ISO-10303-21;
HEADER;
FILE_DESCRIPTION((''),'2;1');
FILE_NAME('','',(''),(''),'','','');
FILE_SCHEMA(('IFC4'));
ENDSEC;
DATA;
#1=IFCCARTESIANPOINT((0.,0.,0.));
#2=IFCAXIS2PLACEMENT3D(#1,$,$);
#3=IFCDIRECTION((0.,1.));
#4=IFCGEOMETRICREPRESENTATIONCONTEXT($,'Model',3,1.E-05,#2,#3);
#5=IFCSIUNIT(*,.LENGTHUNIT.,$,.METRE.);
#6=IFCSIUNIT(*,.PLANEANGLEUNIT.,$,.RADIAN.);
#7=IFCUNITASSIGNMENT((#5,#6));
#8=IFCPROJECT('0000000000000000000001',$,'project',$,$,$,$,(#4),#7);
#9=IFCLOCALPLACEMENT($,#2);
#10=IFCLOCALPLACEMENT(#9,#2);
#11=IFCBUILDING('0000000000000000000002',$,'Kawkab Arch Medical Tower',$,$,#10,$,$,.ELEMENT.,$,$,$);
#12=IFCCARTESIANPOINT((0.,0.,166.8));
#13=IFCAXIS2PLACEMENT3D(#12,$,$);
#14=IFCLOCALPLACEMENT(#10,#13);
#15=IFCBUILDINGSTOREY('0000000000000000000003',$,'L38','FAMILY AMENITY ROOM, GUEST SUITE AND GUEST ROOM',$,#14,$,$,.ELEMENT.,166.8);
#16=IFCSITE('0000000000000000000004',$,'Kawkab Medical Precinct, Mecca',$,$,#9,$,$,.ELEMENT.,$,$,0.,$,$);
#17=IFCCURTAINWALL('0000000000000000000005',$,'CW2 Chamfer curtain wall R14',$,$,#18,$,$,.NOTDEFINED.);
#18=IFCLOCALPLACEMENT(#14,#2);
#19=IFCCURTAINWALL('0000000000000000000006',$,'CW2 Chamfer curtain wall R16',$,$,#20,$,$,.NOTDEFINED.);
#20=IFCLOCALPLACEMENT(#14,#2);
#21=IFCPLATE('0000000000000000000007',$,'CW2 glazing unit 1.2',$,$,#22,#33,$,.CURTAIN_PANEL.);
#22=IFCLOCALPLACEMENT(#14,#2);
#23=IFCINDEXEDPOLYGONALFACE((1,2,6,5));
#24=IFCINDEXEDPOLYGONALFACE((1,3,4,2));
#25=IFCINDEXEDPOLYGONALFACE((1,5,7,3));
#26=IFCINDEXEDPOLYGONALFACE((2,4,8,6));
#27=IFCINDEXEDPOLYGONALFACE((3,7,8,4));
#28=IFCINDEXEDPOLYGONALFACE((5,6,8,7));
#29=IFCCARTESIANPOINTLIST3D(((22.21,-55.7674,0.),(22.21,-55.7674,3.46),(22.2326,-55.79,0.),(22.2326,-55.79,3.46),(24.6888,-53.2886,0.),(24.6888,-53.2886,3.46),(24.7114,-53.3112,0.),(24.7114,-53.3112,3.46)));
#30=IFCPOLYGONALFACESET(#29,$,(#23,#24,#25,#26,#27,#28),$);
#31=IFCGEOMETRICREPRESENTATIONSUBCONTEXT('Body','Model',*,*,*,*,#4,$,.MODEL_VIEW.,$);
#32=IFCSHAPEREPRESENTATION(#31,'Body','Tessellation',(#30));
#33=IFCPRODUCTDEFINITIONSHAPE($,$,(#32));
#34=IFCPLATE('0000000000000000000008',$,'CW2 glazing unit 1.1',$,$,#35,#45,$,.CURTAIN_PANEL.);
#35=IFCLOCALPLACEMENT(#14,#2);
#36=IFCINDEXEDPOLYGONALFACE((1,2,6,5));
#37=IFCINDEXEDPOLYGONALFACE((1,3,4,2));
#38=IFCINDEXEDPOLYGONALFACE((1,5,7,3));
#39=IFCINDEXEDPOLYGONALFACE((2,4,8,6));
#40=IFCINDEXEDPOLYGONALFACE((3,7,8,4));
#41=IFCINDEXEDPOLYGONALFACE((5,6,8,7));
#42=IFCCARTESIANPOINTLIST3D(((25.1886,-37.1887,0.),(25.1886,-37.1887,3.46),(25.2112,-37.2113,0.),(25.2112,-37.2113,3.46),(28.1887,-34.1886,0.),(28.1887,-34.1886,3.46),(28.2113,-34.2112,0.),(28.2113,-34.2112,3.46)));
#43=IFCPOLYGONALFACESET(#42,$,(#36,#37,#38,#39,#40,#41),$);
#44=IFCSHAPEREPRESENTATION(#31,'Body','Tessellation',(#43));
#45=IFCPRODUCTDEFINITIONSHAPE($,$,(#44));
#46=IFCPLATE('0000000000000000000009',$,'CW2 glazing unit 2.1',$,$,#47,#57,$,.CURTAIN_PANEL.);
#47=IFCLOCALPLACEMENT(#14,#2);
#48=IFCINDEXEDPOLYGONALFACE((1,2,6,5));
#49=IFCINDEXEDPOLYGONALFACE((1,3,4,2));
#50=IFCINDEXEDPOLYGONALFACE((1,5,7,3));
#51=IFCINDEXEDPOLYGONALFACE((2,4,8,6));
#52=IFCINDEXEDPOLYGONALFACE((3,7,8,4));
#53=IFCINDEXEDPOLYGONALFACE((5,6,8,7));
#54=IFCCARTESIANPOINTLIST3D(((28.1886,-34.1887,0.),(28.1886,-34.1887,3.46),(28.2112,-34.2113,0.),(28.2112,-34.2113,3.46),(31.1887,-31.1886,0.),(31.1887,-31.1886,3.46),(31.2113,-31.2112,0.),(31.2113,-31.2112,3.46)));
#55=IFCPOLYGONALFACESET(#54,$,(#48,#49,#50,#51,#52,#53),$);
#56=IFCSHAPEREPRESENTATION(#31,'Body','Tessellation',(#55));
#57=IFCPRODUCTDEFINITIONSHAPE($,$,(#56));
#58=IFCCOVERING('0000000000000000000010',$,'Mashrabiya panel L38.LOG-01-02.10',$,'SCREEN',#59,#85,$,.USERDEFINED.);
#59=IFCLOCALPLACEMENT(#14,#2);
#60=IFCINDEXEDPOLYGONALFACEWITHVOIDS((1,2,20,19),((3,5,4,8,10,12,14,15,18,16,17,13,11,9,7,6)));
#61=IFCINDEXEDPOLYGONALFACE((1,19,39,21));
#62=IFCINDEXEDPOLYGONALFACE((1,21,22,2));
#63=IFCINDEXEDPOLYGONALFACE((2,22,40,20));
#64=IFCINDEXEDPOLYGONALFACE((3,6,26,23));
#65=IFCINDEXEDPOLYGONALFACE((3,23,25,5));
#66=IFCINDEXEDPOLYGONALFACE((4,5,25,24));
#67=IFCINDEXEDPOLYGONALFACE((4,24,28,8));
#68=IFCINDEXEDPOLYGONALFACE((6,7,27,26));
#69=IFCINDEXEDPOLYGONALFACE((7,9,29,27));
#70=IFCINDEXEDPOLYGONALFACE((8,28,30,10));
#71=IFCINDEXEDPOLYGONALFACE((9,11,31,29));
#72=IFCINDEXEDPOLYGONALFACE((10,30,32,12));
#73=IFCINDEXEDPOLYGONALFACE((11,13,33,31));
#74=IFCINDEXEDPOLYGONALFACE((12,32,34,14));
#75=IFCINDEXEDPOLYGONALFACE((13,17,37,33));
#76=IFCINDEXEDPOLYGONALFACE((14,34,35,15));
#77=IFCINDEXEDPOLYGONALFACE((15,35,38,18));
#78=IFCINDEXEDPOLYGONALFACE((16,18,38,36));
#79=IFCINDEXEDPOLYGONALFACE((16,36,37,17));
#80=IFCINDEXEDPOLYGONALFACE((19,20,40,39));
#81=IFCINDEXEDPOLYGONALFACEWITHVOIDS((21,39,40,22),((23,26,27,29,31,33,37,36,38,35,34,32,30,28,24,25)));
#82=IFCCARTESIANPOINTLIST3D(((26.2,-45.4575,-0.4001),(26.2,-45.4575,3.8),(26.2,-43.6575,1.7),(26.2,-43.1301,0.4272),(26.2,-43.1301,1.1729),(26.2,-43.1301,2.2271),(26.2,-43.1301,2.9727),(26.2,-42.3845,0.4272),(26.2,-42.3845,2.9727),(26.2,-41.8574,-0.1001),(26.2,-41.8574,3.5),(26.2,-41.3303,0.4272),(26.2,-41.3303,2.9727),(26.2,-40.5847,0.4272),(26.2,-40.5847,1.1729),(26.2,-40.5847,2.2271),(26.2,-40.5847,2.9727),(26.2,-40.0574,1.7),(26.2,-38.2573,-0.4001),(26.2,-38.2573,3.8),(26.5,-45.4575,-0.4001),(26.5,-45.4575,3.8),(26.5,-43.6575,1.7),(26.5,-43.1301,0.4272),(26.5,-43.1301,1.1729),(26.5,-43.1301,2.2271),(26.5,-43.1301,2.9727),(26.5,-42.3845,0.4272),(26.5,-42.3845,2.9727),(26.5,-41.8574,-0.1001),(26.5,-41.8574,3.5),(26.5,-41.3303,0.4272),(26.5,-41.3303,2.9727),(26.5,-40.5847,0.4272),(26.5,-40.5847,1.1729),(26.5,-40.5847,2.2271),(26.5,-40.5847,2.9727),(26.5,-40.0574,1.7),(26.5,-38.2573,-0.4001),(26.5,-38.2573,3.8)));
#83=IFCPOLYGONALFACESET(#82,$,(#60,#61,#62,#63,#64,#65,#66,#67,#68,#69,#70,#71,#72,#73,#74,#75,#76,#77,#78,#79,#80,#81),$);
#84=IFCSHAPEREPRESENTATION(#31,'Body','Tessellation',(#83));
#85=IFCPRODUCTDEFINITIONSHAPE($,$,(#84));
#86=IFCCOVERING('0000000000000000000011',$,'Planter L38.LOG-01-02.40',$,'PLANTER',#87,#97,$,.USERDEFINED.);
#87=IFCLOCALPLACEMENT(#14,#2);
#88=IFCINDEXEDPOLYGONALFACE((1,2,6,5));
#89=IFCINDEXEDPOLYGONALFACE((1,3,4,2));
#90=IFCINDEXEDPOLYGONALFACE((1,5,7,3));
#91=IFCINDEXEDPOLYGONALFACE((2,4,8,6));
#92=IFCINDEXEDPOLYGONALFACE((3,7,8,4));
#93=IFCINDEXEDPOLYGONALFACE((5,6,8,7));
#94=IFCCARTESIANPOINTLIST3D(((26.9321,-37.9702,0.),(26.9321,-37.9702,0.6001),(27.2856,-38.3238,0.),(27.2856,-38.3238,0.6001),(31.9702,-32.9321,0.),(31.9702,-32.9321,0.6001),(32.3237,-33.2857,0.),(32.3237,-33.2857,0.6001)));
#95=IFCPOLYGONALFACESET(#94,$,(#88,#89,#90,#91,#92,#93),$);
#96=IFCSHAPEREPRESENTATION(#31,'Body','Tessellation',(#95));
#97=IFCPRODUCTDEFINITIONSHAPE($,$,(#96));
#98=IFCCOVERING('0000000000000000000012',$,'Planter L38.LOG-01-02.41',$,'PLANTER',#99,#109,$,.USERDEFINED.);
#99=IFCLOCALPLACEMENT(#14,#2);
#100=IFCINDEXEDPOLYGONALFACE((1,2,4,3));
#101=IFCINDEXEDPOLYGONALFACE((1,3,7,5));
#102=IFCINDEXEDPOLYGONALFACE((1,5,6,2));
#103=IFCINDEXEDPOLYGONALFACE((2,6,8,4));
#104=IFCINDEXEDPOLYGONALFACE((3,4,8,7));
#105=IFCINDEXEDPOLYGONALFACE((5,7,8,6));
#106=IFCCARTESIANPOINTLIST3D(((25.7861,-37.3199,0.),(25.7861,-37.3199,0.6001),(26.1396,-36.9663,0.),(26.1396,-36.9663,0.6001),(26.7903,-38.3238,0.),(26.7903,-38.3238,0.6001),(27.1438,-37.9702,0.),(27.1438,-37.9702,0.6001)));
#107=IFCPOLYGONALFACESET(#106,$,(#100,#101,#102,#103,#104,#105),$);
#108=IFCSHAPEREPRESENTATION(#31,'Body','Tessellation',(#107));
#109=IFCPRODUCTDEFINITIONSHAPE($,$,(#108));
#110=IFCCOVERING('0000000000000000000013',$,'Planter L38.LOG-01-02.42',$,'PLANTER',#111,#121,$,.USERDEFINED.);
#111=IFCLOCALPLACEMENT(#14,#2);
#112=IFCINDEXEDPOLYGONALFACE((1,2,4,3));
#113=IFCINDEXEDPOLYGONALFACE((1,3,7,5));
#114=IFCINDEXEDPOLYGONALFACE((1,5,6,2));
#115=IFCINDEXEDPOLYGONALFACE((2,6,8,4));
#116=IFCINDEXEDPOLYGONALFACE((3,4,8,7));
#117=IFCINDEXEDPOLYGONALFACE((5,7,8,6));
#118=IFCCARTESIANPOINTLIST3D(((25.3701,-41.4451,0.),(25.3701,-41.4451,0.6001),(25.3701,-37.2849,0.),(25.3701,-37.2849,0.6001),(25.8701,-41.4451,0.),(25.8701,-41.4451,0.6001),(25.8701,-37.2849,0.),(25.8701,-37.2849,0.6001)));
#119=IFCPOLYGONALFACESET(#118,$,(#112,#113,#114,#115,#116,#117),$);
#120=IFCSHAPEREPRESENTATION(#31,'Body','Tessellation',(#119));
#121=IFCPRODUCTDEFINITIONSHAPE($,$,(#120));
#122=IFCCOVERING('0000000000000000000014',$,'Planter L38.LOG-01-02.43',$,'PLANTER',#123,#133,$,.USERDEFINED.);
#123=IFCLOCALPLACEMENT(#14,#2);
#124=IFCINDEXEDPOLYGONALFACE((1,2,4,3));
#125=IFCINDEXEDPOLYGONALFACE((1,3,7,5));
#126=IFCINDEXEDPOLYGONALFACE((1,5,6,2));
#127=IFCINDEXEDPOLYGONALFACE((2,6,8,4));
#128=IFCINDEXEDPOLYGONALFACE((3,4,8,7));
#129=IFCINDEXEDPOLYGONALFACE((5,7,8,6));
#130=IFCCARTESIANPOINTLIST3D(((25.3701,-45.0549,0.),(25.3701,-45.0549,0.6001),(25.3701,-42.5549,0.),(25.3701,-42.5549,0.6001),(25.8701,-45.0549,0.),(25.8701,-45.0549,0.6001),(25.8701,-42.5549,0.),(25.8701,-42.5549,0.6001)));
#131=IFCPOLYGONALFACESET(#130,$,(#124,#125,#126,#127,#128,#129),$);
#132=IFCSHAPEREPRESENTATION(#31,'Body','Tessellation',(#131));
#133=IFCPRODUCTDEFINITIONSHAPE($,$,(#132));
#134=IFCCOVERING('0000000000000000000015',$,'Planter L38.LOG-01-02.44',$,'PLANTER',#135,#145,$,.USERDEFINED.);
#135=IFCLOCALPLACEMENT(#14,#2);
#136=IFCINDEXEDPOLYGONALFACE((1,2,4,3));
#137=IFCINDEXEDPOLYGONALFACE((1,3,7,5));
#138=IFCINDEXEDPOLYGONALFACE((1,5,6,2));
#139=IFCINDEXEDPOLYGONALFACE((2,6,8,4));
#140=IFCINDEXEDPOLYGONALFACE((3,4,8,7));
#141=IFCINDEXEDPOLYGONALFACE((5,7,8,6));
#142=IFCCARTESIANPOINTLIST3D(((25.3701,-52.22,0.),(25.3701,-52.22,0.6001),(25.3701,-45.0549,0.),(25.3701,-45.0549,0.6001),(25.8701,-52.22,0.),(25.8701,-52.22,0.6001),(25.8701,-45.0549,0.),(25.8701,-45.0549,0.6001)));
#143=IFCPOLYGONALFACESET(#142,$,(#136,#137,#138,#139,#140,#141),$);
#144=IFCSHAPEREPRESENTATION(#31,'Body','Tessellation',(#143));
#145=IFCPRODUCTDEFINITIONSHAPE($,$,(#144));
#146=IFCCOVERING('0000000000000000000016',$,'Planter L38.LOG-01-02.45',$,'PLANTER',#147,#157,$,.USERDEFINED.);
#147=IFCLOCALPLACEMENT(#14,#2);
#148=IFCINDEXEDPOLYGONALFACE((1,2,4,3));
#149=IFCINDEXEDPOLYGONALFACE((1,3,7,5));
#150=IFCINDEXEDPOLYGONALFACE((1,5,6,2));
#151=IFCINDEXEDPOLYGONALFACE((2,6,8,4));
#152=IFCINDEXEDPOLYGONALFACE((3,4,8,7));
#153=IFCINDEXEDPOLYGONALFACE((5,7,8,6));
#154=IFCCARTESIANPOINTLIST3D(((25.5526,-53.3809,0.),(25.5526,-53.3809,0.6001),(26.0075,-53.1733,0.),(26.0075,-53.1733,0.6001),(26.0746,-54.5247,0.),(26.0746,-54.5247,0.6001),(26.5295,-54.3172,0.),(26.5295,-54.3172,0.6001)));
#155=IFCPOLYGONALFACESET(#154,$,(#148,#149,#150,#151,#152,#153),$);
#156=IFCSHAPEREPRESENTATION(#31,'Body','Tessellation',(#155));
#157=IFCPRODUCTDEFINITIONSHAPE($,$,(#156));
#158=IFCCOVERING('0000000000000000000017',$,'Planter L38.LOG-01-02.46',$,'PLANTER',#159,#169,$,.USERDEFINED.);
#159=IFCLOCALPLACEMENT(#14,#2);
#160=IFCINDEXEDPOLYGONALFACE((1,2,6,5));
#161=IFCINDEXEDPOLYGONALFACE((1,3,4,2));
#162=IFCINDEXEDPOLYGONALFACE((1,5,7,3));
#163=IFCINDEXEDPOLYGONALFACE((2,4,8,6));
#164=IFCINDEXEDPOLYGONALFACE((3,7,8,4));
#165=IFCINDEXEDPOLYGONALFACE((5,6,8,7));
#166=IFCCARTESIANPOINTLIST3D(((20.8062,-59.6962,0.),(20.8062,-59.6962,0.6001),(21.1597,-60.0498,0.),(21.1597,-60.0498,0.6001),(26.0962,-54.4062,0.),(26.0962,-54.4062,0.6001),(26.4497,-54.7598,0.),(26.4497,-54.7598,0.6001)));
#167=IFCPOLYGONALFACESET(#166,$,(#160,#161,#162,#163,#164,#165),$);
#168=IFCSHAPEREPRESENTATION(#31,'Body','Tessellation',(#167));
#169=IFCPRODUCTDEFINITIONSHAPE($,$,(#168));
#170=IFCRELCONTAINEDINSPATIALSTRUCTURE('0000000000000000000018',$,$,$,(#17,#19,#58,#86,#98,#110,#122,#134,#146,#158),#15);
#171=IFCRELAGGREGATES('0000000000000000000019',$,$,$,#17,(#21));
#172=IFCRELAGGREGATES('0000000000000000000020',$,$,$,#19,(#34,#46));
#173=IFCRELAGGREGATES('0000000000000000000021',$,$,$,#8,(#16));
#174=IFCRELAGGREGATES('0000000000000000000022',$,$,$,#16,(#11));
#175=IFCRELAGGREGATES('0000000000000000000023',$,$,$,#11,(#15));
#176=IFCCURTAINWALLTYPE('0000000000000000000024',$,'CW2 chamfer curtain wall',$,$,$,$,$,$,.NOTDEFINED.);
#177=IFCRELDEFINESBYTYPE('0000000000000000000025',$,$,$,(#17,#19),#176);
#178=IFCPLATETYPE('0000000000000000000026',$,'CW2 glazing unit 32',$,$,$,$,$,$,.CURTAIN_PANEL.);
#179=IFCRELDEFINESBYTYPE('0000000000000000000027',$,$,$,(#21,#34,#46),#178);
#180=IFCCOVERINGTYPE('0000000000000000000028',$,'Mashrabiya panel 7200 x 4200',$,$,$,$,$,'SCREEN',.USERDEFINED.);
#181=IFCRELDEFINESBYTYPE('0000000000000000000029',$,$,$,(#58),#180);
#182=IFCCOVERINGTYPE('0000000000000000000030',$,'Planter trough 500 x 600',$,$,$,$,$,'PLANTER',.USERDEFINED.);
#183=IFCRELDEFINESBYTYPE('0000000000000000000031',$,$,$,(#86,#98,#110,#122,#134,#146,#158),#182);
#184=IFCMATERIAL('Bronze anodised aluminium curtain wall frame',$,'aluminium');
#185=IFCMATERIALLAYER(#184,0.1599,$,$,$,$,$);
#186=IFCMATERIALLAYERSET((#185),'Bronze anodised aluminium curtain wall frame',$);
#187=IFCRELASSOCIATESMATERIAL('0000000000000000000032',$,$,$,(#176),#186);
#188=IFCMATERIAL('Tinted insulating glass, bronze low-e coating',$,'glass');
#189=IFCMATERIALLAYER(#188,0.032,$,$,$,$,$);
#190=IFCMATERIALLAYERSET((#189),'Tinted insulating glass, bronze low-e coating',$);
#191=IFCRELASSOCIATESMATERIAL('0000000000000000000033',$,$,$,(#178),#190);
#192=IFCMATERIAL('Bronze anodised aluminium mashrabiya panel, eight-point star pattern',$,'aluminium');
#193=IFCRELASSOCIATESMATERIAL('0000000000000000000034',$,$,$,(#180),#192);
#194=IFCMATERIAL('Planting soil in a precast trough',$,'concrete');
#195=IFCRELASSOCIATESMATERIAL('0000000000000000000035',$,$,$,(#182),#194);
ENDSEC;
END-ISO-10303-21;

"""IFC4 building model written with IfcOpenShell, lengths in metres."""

from ifc_helpers import new_model, si_unit, direction, frame, origin, origin_2d, place, context, subcontext, project, spatial, polyline, rectangle, outline, extrude, material, layer, layer_set, material_profile, profile_set, type_object, element, aggregate, save


model = new_model("IFC4")

# Units and contexts
model_context = context("Model", 3, precision=1e-05, world=origin(), true_north=direction((0.0, 1.0)))
body_context = subcontext(model_context, "Body", "Model", "MODEL_VIEW")
ifc_project = project(units=[si_unit("LENGTHUNIT", "METRE"), si_unit("PLANEANGLEUNIT", "RADIAN")], contexts=[model_context])

# Site, building, storey
site_placement = place(None, origin())
site = spatial("IfcSite", under=ifc_project, at=site_placement, Name="Kawkab Medical Precinct, Mecca", CompositionType="ELEMENT", RefElevation=0.0)
building_placement = place(site_placement, origin())
building = spatial("IfcBuilding", under=site, at=building_placement, Name="Kawkab Arch Medical Tower", CompositionType="ELEMENT")
storey_placement = place(building_placement, frame((0.0, 0.0, 166.8)))
storey = spatial("IfcBuildingStorey", under=building, at=storey_placement, Name="L38", Description="FAMILY AMENITY ROOM, GUEST SUITE AND GUEST ROOM", CompositionType="ELEMENT", Elevation=166.8)

# Shared definitions
placement = place(storey_placement, origin())

# Curtain wall
ifc_material_1 = material(Name="Bronze anodised aluminium curtain wall frame", Category="aluminium")
ifc_layer_1 = layer(ifc_material_1, 0.1599)
ifc_layer_set_1 = layer_set([ifc_layer_1], Name="Bronze anodised aluminium curtain wall frame")
curtain_wall_type_1 = type_object("IfcCurtainWallType", Name="CW2 chamfer curtain wall", PredefinedType="NOTDEFINED", material=ifc_layer_set_1)
curtain_wall_1 = element("IfcCurtainWall", 1, at=placement, inside=storey, type_object=curtain_wall_type_1, Name="CW2 Chamfer curtain wall R14", PredefinedType="NOTDEFINED")

# Curtain wall
curtain_wall_2 = element("IfcCurtainWall", 2, at=placement, inside=storey, type_object=curtain_wall_type_1, Name="CW2 Chamfer curtain wall R16", PredefinedType="NOTDEFINED")

# Plates
ifc_material_2 = material(Name="Tinted insulating glass, bronze low-e coating", Category="glass")
ifc_layer_2 = layer(ifc_material_2, 0.032)
ifc_layer_set_2 = layer_set([ifc_layer_2], Name="Tinted insulating glass, bronze low-e coating")
plate_type_1 = type_object("IfcPlateType", Name="CW2 glazing unit 32", PredefinedType="CURTAIN_PANEL", material=ifc_layer_set_2)
plate_1_placement = place(storey_placement, frame((23.4607, -54.5393, 0.0), z_axis=(0.0, 0.0, 1.0), x_axis=(0.707107, 0.707107, 0.0)))
plate_1 = element("IfcPlate", 3, at=plate_1_placement, type_object=plate_type_1, Name="CW2 glazing unit 1.2", PredefinedType="CURTAIN_PANEL", context=body_context, shape_type="SweptSolid", body=[
    extrude(rectangle(XDim=3.5056, YDim=0.032, at=origin_2d()), origin(), (0.0, 0.0, 1.0), 3.46),
])
aggregate(curtain_wall_1, [plate_1])
plate_2_placement = place(storey_placement, frame((26.7, -35.7, 0.0), z_axis=(0.0, 0.0, 1.0), x_axis=(0.707107, 0.707107, 0.0)))
plate_2 = element("IfcPlate", 4, at=plate_2_placement, type_object=plate_type_1, Name="CW2 glazing unit 1.1", PredefinedType="CURTAIN_PANEL", context=body_context, shape_type="SweptSolid", body=[
    extrude(rectangle(XDim=4.2427, YDim=0.032, at=origin_2d()), origin(), (0.0, 0.0, 1.0), 3.46),
])
plate_3_placement = place(storey_placement, frame((29.7, -32.7, 0.0), z_axis=(0.0, 0.0, 1.0), x_axis=(0.707107, 0.707107, 0.0)))
plate_3 = element("IfcPlate", 5, at=plate_3_placement, type_object=plate_type_1, Name="CW2 glazing unit 2.1", PredefinedType="CURTAIN_PANEL", context=body_context, shape_type="SweptSolid", body=[
    extrude(rectangle(XDim=4.2427, YDim=0.032, at=origin_2d()), origin(), (0.0, 0.0, 1.0), 3.46),
])
aggregate(curtain_wall_2, [plate_2, plate_3])

# Coverings
ifc_material_3 = material(Name="Bronze anodised aluminium mashrabiya panel, eight-point star pattern", Category="aluminium")
ifc_material_profile_1 = material_profile(ifc_material_3, outline(polyline([(-3.6001, -2.1001), (3.6001, -2.1001), (3.6001, 2.1001), (-3.6001, 2.1001), (-3.6001, -2.1001)]), holes=[polyline([(1.8, 0.0), (1.2727, 0.5271), (1.2727, 1.2727), (0.5271, 1.2727), (0.0, 1.8), (-0.5271, 1.2727), (-1.2727, 1.2727), (-1.2727, 0.5271), (-1.8, 0.0), (-1.2727, -0.5271), (-1.2727, -1.2727), (-0.5271, -1.2727), (0.0, -1.8), (0.5271, -1.2727), (1.2727, -1.2727), (1.2727, -0.5271), (1.8, 0.0)])]), Name="Mashrabiya panel 7200x4200")
ifc_profile_set_1 = profile_set([ifc_material_profile_1], Name="Bronze anodised aluminium mashrabiya panel, eight-point star pattern")
covering_type_1 = type_object("IfcCoveringType", Name="Mashrabiya panel 7200 x 4200", ElementType="SCREEN", PredefinedType="USERDEFINED", material=ifc_profile_set_1)
covering_1_placement = place(storey_placement, frame((26.2, -41.8574, 1.7), z_axis=(1.0, 0.0, 0.0), x_axis=(0.0, 1.0, 0.0)))
element("IfcCovering", 6, at=covering_1_placement, inside=storey, type_object=covering_type_1, Name="Mashrabiya panel L38.LOG-01-02.10", ObjectType="SCREEN", PredefinedType="USERDEFINED", context=body_context, shape_type="SweptSolid", body=[
    extrude(outline(polyline([(-3.6001, -2.1001), (3.6001, -2.1001), (3.6001, 2.1001), (-3.6001, 2.1001), (-3.6001, -2.1001)]), holes=[polyline([(1.8, 0.0), (1.2727, 0.5271), (1.2727, 1.2727), (0.5271, 1.2727), (0.0, 1.8), (-0.5271, 1.2727), (-1.2727, 1.2727), (-1.2727, 0.5271), (-1.8, 0.0), (-1.2727, -0.5271), (-1.2727, -1.2727), (-0.5271, -1.2727), (0.0, -1.8), (0.5271, -1.2727), (1.2727, -1.2727), (1.2727, -0.5271), (1.8, 0.0)])]), origin(), (0.0, 0.0, 1.0), 0.3),
])
ifc_material_4 = material(Name="Planting soil in a precast trough", Category="concrete")
ifc_material_profile_2 = material_profile(ifc_material_4, rectangle(XDim=0.5, YDim=0.6001, at=origin_2d()), Name="Trough 500x600")
ifc_profile_set_2 = profile_set([ifc_material_profile_2], Name="Planting soil in a precast trough")
covering_type_2 = type_object("IfcCoveringType", Name="Planter trough 500 x 600", ElementType="PLANTER", PredefinedType="USERDEFINED", material=ifc_profile_set_2)
covering_2_placement = place(storey_placement, frame((32.147, -33.1089, 0.3), z_axis=(-0.707107, -0.707107, 0.0), x_axis=(0.707107, -0.707107, 0.0)))
element("IfcCovering", 7, at=covering_2_placement, inside=storey, type_object=covering_type_2, Name="Planter L38.LOG-01-02.40", ObjectType="PLANTER", PredefinedType="USERDEFINED", context=body_context, shape_type="SweptSolid", body=[
    extrude(rectangle(XDim=0.5, YDim=0.6001, at=origin_2d()), origin(), (0.0, 0.0, 1.0), 7.125),
])
covering_3_placement = place(storey_placement, frame((26.967, -38.147, 0.3), z_axis=(-0.707193, 0.707021, 0.0), x_axis=(-0.707021, -0.707193, 0.0)))
element("IfcCovering", 8, at=covering_3_placement, inside=storey, type_object=covering_type_2, Name="Planter L38.LOG-01-02.41", ObjectType="PLANTER", PredefinedType="USERDEFINED", context=body_context, shape_type="SweptSolid", body=[
    extrude(rectangle(XDim=0.5, YDim=0.6001, at=origin_2d()), origin(), (0.0, 0.0, 1.0), 1.4199),
])
covering_4_placement = place(storey_placement, frame((25.6201, -37.2849, 0.3), z_axis=(0.0, -1.0, 0.0), x_axis=(1.0, 0.0, 0.0)))
element("IfcCovering", 9, at=covering_4_placement, inside=storey, type_object=covering_type_2, Name="Planter L38.LOG-01-02.42", ObjectType="PLANTER", PredefinedType="USERDEFINED", context=body_context, shape_type="SweptSolid", body=[
    extrude(rectangle(XDim=0.5, YDim=0.6001, at=origin_2d()), origin(), (0.0, 0.0, 1.0), 4.1602),
])
covering_5_placement = place(storey_placement, frame((25.6201, -42.5549, 0.3), z_axis=(0.0, -1.0, 0.0), x_axis=(1.0, 0.0, 0.0)))
element("IfcCovering", 10, at=covering_5_placement, inside=storey, type_object=covering_type_2, Name="Planter L38.LOG-01-02.43", ObjectType="PLANTER", PredefinedType="USERDEFINED", context=body_context, shape_type="SweptSolid", body=[
    extrude(rectangle(XDim=0.5, YDim=0.6001, at=origin_2d()), origin(), (0.0, 0.0, 1.0), 2.5),
])
covering_6_placement = place(storey_placement, frame((25.6201, -45.0549, 0.3), z_axis=(0.0, -1.0, 0.0), x_axis=(1.0, 0.0, 0.0)))
element("IfcCovering", 11, at=covering_6_placement, inside=storey, type_object=covering_type_2, Name="Planter L38.LOG-01-02.44", ObjectType="PLANTER", PredefinedType="USERDEFINED", context=body_context, shape_type="SweptSolid", body=[
    extrude(rectangle(XDim=0.5, YDim=0.6001, at=origin_2d()), origin(), (0.0, 0.0, 1.0), 7.165),
])
covering_7_placement = place(storey_placement, frame((25.78, -53.2771, 0.3), z_axis=(0.415163, -0.909747, 0.0), x_axis=(0.909747, 0.415163, 0.0)))
element("IfcCovering", 12, at=covering_7_placement, inside=storey, type_object=covering_type_2, Name="Planter L38.LOG-01-02.45", ObjectType="PLANTER", PredefinedType="USERDEFINED", context=body_context, shape_type="SweptSolid", body=[
    extrude(rectangle(XDim=0.5, YDim=0.6001, at=origin_2d()), origin(), (0.0, 0.0, 1.0), 1.2573),
])
covering_8_placement = place(storey_placement, frame((26.2729, -54.583, 0.3), z_axis=(-0.707107, -0.707107, 0.0), x_axis=(0.707107, -0.707107, 0.0)))
element("IfcCovering", 13, at=covering_8_placement, inside=storey, type_object=covering_type_2, Name="Planter L38.LOG-01-02.46", ObjectType="PLANTER", PredefinedType="USERDEFINED", context=body_context, shape_type="SweptSolid", body=[
    extrude(rectangle(XDim=0.5, YDim=0.6001, at=origin_2d()), origin(), (0.0, 0.0, 1.0), 7.4812),
])

save(model, "model.ifc")
